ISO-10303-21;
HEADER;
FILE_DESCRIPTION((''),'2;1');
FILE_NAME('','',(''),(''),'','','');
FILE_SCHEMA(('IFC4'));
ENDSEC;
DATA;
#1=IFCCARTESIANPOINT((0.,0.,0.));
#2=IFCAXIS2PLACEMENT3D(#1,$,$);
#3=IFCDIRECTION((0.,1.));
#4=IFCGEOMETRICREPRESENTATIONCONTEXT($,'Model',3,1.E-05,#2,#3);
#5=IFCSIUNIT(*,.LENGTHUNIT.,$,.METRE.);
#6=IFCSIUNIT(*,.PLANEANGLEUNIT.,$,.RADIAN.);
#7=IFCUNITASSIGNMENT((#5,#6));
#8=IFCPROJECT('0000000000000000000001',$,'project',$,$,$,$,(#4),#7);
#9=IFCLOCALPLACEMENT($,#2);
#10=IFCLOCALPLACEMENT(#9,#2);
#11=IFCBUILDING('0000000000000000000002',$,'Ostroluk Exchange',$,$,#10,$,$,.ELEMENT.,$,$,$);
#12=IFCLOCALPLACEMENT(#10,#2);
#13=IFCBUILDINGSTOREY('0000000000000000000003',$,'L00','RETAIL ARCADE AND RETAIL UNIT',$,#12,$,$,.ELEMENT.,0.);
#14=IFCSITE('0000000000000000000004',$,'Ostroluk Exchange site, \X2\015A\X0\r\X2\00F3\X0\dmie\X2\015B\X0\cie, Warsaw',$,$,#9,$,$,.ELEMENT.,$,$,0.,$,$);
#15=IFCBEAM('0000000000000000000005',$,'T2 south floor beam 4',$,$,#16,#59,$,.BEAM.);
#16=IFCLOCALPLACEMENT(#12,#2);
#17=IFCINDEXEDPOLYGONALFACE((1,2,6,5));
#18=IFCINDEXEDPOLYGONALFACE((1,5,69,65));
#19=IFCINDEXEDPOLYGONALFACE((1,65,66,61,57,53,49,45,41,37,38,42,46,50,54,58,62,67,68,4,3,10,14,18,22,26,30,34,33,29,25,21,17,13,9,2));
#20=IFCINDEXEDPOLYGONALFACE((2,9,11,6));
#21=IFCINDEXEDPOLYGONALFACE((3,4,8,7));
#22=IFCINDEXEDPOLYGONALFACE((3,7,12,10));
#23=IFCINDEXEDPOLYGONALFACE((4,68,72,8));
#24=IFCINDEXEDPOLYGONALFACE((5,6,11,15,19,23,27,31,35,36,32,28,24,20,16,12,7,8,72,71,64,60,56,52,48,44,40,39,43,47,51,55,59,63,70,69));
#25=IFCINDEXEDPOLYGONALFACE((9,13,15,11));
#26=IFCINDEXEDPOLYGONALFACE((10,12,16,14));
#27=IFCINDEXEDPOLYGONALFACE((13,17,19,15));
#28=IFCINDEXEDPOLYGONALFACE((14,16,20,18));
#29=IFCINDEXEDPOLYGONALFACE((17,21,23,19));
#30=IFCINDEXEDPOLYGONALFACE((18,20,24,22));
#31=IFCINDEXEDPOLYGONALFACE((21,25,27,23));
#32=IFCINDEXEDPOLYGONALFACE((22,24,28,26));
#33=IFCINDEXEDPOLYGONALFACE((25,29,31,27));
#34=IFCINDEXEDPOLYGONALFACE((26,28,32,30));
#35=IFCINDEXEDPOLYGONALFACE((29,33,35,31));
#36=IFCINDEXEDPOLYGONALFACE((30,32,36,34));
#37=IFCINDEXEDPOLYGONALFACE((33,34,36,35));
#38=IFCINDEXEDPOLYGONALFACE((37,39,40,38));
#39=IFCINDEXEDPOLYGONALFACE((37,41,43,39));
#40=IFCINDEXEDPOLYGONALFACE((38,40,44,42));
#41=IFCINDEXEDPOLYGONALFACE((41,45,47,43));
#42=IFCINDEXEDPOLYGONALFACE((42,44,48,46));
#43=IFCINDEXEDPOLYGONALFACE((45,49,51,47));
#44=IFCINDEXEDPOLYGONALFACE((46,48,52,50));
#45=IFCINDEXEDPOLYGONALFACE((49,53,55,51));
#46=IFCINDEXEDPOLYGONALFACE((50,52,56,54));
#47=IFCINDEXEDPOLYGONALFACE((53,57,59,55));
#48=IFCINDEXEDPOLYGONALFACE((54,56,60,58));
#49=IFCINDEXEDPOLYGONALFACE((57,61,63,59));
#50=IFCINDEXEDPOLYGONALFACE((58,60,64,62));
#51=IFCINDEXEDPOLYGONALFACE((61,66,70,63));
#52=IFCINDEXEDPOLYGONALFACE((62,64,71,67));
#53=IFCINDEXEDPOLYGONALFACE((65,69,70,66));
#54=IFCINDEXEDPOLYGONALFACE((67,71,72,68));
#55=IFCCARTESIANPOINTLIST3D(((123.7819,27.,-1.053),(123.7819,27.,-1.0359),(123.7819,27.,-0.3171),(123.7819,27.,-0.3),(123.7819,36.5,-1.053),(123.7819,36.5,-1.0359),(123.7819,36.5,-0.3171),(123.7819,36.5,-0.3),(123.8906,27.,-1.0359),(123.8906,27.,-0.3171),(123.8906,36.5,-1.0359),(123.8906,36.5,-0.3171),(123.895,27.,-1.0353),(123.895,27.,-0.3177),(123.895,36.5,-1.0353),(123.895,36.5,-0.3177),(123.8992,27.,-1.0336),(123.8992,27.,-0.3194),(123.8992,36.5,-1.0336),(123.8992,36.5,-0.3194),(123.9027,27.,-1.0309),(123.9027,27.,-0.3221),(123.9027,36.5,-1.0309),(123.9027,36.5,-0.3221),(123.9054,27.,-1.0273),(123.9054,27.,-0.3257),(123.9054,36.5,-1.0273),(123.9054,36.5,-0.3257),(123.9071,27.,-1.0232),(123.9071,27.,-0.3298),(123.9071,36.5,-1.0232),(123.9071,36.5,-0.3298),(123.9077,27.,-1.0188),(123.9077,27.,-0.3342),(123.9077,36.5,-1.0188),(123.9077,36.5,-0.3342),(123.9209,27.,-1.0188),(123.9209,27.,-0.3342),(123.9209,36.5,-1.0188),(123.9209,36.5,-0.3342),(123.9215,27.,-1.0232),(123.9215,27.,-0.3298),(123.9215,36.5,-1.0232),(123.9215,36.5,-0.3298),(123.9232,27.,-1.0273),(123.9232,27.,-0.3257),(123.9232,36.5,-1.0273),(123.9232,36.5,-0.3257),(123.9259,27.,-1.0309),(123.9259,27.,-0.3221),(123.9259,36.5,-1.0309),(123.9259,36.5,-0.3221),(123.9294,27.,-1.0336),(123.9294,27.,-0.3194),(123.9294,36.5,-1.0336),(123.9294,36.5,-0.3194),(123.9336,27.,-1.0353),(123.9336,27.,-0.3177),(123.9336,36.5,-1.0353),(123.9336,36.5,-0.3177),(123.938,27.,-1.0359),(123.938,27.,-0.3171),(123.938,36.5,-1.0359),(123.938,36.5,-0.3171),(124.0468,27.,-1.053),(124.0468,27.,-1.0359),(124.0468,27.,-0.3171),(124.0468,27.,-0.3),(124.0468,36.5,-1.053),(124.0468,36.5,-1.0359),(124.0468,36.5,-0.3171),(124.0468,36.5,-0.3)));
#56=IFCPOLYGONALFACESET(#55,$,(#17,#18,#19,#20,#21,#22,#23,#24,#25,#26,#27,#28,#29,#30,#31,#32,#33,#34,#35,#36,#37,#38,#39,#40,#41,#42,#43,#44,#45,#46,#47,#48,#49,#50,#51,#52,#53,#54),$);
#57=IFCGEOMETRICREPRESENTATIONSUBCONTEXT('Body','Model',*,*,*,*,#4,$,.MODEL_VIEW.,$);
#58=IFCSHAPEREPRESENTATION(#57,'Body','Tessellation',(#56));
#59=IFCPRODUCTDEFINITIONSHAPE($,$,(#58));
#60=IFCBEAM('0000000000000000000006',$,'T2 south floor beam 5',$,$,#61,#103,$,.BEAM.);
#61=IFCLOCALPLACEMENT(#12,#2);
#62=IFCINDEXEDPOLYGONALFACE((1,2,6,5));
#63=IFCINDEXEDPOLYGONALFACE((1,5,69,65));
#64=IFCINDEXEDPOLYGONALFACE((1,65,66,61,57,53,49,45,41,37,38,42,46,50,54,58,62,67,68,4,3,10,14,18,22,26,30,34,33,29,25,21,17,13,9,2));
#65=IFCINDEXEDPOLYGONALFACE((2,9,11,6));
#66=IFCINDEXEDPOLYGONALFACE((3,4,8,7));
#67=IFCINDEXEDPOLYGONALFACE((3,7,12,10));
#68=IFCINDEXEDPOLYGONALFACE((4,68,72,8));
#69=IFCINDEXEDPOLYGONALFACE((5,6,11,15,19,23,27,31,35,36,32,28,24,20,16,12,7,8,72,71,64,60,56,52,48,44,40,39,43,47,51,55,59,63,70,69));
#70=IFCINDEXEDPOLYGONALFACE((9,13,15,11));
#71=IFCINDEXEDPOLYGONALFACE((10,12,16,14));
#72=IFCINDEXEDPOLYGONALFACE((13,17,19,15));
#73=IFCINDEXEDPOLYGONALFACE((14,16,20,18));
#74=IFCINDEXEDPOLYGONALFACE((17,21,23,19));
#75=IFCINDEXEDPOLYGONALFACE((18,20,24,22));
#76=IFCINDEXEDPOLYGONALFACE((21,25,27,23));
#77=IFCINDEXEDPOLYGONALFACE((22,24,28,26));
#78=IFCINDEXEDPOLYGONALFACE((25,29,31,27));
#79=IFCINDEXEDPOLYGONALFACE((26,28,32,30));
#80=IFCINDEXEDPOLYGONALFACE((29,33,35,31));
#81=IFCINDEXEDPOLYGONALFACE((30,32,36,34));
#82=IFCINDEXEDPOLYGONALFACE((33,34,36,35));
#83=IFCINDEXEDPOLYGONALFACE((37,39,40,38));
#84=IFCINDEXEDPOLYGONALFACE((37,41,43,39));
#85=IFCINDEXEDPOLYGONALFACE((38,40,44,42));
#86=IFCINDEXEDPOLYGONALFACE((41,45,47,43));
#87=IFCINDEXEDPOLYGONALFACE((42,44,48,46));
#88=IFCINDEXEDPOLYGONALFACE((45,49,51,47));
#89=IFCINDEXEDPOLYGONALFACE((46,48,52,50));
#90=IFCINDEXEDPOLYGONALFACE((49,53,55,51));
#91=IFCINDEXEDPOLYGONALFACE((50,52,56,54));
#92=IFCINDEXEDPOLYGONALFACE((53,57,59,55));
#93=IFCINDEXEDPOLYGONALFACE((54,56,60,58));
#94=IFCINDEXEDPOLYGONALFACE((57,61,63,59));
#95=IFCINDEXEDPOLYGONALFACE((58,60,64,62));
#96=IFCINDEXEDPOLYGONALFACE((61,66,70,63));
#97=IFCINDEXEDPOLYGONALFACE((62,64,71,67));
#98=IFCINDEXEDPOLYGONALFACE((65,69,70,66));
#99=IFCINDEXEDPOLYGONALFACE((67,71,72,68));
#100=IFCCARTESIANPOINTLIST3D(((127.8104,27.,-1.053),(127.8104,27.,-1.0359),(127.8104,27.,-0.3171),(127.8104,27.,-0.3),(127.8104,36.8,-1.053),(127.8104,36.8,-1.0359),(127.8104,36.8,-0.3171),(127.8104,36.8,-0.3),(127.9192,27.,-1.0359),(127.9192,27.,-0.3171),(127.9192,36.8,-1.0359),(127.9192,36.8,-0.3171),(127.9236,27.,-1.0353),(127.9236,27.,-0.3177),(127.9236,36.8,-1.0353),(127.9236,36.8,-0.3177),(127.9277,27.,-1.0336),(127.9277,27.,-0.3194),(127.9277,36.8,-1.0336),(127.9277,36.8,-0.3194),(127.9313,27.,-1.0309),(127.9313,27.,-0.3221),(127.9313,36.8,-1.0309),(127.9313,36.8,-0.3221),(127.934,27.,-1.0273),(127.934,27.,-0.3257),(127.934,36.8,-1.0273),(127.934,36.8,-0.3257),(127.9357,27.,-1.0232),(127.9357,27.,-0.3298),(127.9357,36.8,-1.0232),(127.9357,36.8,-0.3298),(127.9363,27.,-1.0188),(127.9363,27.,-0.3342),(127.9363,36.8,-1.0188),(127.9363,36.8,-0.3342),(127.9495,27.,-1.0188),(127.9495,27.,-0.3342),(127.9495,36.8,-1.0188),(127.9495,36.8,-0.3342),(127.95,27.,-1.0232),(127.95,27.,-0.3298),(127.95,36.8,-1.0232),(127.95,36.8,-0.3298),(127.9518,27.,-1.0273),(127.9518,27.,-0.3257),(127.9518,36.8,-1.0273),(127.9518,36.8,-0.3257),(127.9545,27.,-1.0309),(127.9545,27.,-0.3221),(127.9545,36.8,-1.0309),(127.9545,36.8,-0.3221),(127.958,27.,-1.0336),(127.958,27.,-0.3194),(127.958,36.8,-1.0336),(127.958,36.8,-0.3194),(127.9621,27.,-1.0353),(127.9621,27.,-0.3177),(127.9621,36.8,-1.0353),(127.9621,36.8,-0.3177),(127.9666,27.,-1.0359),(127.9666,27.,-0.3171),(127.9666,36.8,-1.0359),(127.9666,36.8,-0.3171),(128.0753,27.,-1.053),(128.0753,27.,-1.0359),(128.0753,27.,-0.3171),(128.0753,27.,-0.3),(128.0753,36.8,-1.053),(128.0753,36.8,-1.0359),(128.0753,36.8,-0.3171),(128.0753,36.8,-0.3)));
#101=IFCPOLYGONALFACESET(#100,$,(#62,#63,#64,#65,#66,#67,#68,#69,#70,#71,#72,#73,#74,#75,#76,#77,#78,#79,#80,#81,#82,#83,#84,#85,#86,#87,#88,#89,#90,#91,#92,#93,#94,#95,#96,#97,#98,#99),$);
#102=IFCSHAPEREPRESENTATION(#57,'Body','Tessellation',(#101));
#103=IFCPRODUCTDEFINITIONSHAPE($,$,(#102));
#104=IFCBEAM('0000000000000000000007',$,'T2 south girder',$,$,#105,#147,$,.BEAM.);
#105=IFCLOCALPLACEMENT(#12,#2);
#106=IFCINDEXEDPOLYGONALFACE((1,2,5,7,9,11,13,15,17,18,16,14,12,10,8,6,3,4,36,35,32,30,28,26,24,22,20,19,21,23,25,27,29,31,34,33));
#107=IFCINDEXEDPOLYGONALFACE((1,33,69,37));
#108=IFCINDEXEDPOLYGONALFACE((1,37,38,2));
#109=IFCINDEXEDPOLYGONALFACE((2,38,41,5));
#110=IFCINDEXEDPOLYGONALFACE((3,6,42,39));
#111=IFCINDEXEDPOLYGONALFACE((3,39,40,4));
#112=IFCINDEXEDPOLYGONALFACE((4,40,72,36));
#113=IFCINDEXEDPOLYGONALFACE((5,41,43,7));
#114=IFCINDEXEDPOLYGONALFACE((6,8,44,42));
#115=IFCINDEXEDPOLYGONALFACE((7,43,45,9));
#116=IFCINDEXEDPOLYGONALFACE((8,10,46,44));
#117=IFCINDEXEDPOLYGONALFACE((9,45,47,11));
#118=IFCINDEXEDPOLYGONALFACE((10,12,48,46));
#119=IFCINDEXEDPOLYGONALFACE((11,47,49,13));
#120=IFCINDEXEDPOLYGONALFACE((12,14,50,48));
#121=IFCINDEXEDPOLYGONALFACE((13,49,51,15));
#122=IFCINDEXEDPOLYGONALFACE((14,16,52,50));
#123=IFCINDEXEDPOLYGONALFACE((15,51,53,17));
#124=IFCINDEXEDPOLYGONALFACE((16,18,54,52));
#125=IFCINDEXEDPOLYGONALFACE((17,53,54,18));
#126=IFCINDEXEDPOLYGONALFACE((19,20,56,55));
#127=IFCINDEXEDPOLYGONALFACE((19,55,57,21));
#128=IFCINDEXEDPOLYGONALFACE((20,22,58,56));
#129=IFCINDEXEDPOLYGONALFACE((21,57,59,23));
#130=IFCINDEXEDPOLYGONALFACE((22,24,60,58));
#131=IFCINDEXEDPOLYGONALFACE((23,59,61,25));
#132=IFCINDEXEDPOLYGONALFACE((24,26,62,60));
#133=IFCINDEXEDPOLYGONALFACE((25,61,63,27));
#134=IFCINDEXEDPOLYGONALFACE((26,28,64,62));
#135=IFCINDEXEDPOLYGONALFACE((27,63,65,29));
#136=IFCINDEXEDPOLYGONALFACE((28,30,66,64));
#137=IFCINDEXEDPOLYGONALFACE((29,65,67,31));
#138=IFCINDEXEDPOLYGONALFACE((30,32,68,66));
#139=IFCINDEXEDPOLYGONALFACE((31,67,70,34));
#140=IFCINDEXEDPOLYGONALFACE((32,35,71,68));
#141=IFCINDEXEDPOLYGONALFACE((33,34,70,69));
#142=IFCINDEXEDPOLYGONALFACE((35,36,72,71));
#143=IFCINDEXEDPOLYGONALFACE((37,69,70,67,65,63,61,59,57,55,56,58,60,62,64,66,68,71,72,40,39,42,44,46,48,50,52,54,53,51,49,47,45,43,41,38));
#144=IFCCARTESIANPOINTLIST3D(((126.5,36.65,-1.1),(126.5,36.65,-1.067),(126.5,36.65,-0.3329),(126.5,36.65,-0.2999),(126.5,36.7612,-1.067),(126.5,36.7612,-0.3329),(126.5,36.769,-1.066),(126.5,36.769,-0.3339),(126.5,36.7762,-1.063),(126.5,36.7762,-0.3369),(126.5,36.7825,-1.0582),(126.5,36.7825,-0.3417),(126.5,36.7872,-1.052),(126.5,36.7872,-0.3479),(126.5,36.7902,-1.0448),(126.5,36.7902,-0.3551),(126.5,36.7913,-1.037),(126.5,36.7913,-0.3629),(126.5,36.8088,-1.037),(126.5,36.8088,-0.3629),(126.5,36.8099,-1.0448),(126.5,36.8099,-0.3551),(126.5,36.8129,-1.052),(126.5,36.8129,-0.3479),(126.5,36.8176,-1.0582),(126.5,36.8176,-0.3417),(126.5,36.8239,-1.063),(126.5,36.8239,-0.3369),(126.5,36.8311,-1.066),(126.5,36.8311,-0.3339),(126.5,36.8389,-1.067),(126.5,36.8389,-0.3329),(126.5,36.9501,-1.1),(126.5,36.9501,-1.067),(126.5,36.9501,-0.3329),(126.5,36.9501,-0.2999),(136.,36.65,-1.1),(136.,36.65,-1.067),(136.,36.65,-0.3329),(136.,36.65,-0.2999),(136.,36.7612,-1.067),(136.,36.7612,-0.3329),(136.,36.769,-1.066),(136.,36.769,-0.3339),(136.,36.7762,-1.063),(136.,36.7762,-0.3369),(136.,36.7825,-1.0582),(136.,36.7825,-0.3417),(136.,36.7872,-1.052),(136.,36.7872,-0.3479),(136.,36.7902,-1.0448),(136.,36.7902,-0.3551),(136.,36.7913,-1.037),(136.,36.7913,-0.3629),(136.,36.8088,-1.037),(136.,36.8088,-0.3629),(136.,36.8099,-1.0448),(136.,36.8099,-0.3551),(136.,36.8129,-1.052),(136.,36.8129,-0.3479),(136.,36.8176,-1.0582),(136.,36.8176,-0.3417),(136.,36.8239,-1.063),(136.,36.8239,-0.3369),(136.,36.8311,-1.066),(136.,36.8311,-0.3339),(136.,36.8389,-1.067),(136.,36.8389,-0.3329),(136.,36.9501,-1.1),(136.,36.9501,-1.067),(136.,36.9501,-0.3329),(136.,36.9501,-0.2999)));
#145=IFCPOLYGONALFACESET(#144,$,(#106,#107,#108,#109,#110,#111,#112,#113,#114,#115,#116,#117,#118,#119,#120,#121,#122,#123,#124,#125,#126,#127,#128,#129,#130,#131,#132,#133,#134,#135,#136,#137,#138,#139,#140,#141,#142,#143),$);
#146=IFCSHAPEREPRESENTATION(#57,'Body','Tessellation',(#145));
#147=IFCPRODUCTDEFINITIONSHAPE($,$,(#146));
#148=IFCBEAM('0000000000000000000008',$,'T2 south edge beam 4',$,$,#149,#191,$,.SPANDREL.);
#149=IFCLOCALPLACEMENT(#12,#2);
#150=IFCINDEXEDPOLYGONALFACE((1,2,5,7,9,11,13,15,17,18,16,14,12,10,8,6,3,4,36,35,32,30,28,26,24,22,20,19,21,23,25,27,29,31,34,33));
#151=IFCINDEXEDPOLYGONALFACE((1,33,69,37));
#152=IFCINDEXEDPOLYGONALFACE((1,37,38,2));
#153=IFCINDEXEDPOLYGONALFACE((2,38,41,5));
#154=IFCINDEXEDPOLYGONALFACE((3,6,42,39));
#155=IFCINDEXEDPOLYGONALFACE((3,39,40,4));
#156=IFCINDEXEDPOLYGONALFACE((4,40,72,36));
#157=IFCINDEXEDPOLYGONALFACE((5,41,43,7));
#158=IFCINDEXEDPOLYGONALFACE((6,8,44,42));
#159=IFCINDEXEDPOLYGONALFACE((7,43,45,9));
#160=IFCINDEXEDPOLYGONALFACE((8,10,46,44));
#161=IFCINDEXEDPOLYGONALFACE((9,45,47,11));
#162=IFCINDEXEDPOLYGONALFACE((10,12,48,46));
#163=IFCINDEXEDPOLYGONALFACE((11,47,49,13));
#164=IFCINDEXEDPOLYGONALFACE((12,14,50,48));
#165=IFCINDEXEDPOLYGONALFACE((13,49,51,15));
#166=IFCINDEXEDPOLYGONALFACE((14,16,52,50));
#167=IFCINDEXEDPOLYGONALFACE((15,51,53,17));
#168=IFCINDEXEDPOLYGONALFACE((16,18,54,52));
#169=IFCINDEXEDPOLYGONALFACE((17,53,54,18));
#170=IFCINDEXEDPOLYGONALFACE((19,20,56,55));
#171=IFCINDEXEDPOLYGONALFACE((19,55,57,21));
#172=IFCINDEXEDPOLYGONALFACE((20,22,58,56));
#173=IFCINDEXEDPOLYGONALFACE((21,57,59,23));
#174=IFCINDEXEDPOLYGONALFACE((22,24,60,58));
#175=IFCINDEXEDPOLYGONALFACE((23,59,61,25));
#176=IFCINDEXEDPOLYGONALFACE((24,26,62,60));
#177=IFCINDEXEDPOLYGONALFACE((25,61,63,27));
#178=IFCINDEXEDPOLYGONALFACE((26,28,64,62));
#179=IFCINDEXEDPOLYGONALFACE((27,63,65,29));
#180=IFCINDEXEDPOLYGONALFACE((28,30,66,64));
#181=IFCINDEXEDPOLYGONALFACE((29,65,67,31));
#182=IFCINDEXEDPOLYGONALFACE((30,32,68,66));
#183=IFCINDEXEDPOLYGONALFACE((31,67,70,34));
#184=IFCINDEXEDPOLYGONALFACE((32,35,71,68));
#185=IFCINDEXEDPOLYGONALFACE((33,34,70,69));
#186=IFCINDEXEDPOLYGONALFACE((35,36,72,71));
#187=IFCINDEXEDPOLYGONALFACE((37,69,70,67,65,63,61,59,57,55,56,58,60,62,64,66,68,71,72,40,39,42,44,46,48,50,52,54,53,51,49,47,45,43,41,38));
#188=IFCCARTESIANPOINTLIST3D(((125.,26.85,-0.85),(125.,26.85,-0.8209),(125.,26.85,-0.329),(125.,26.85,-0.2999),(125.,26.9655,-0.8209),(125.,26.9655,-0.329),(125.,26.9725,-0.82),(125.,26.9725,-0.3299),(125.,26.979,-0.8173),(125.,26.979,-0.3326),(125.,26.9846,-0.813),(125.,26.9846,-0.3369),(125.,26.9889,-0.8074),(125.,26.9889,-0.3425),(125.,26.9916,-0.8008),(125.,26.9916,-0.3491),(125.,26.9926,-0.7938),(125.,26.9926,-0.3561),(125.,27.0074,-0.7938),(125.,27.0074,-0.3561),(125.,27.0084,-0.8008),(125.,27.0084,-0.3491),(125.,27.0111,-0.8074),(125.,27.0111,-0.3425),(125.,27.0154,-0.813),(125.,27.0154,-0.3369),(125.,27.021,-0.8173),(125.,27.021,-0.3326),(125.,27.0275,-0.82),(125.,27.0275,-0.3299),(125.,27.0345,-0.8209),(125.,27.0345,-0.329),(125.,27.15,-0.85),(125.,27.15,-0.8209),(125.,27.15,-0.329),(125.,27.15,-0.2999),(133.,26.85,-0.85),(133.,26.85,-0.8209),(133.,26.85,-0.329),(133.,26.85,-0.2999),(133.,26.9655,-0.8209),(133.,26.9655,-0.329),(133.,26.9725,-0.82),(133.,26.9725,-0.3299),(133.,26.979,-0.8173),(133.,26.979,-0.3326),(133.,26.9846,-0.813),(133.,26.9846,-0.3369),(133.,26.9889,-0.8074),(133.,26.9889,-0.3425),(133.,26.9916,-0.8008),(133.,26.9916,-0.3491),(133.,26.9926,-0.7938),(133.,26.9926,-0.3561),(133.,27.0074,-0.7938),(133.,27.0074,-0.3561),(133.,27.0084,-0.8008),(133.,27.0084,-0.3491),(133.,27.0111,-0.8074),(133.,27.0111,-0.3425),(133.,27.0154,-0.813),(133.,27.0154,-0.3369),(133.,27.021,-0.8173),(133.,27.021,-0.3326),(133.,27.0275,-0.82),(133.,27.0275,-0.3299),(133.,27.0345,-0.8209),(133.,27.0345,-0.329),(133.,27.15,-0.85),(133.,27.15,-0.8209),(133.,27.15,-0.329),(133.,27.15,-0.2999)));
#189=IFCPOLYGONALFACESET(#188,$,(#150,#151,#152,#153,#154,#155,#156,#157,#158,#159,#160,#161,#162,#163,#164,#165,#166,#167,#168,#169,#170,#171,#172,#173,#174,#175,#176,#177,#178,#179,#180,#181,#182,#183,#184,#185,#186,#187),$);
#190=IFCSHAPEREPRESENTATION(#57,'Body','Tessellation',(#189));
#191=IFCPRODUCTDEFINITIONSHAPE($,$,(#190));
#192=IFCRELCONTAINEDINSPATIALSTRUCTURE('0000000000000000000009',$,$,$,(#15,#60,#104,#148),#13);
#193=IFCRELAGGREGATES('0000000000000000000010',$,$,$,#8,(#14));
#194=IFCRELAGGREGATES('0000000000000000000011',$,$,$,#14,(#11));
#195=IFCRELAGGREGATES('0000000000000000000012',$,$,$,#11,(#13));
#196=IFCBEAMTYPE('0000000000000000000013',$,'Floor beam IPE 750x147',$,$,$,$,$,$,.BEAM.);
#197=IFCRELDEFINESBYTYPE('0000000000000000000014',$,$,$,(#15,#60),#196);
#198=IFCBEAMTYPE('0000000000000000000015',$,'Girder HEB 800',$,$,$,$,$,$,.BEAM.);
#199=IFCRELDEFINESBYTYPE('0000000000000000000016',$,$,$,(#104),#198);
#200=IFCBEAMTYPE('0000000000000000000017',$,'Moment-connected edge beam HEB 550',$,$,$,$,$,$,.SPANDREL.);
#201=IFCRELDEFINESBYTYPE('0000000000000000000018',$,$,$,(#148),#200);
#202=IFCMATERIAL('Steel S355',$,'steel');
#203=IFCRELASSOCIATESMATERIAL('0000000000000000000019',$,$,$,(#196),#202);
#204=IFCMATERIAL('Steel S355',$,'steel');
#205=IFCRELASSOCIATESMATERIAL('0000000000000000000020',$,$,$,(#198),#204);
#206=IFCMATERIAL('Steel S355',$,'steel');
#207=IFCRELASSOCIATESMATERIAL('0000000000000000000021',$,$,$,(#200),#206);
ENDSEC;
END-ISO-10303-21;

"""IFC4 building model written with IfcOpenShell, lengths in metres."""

from ifc_helpers import new_model, si_unit, direction, frame, origin, origin_2d, place, context, subcontext, project, spatial, i_section, extrude, material, material_profile, profile_set, type_object, element, save


model = new_model("IFC4")

# Units and contexts
model_context = context("Model", 3, precision=1e-05, world=origin(), true_north=direction((0.0, 1.0)))
body_context = subcontext(model_context, "Body", "Model", "MODEL_VIEW")
ifc_project = project(units=[si_unit("LENGTHUNIT", "METRE"), si_unit("PLANEANGLEUNIT", "RADIAN")], contexts=[model_context])

# Site, building, storey
site_placement = place(None, origin())
site = spatial("IfcSite", under=ifc_project, at=site_placement, Name="Ostroluk Exchange site, Śródmieście, Warsaw", CompositionType="ELEMENT", RefElevation=0.0)
building_placement = place(site_placement, origin())
building = spatial("IfcBuilding", under=site, at=building_placement, Name="Ostroluk Exchange", CompositionType="ELEMENT")
storey_placement = place(building_placement, origin())
storey = spatial("IfcBuildingStorey", under=building, at=storey_placement, Name="L00", Description="RETAIL ARCADE AND RETAIL UNIT", CompositionType="ELEMENT", Elevation=0.0)

# Beams
ifc_material_1 = material(Name="Steel S355", Category="steel")
ifc_material_profile_1 = material_profile(ifc_material_1, i_section(OverallWidth=0.2649, OverallDepth=0.7529, WebThickness=0.0132, FlangeThickness=0.0171, FilletRadius=0.0171, at=origin_2d()), Name="IPE 750x147")
ifc_profile_set_1 = profile_set([ifc_material_profile_1], Name="Steel S355")
beam_type_1 = type_object("IfcBeamType", Name="Floor beam IPE 750x147", PredefinedType="BEAM", material=ifc_profile_set_1)
for number, where, z_axis, x_axis, name in (
    (1, (123.9143, 36.5, -0.6765), (0.0, -1.0, 0.0), (1.0, 0.0, 0.0), "T2 south floor beam 4"),
):
    element("IfcBeam", number, at=place(storey_placement, frame(where, z_axis=z_axis, x_axis=x_axis)), inside=storey, type_object=beam_type_1, Name=name, PredefinedType="BEAM", context=body_context, shape_type="SweptSolid", body=[
        extrude(i_section(OverallWidth=0.2649, OverallDepth=0.7529, WebThickness=0.0132, FlangeThickness=0.0171, FilletRadius=0.0171, at=origin_2d()), origin(), (0.0, 0.0, 1.0), 9.5),
    ])
beam_1_placement = place(storey_placement, frame((127.9429, 36.8, -0.6765), z_axis=(0.0, -1.0, 0.0), x_axis=(1.0, 0.0, 0.0)))
element("IfcBeam", 2, at=beam_1_placement, inside=storey, type_object=beam_type_1, Name="T2 south floor beam 5", PredefinedType="BEAM", context=body_context, shape_type="SweptSolid", body=[
    extrude(i_section(OverallWidth=0.2649, OverallDepth=0.7529, WebThickness=0.0132, FlangeThickness=0.0171, FilletRadius=0.0171, at=origin_2d()), origin(), (0.0, 0.0, 1.0), 9.8),
])
ifc_material_2 = material(Name="Steel S355", Category="steel")
ifc_material_profile_2 = material_profile(ifc_material_2, i_section(OverallWidth=0.3, OverallDepth=0.8, WebThickness=0.0176, FlangeThickness=0.033, FilletRadius=0.03, at=origin_2d()), Name="HEB 800")
ifc_profile_set_2 = profile_set([ifc_material_profile_2], Name="Steel S355")
beam_type_2 = type_object("IfcBeamType", Name="Girder HEB 800", PredefinedType="BEAM", material=ifc_profile_set_2)
beam_2_placement = place(storey_placement, frame((126.5, 36.8, -0.7), z_axis=(1.0, 0.0, 0.0), x_axis=(0.0, 1.0, 0.0)))
element("IfcBeam", 3, at=beam_2_placement, inside=storey, type_object=beam_type_2, Name="T2 south girder", PredefinedType="BEAM", context=body_context, shape_type="SweptSolid", body=[
    extrude(i_section(OverallWidth=0.3, OverallDepth=0.8, WebThickness=0.0176, FlangeThickness=0.033, FilletRadius=0.03, at=origin_2d()), origin(), (0.0, 0.0, 1.0), 9.5),
])
ifc_material_3 = material(Name="Steel S355", Category="steel")
ifc_material_profile_3 = material_profile(ifc_material_3, i_section(OverallWidth=0.3, OverallDepth=0.55, WebThickness=0.0149, FlangeThickness=0.0291, FilletRadius=0.0271, at=origin_2d()), Name="HEB 550")
ifc_profile_set_3 = profile_set([ifc_material_profile_3], Name="Steel S355")
beam_type_3 = type_object("IfcBeamType", Name="Moment-connected edge beam HEB 550", PredefinedType="SPANDREL", material=ifc_profile_set_3)
beam_3_placement = place(storey_placement, frame((125.0, 27.0, -0.575), z_axis=(1.0, 0.0, 0.0), x_axis=(0.0, 1.0, 0.0)))
element("IfcBeam", 4, at=beam_3_placement, inside=storey, type_object=beam_type_3, Name="T2 south edge beam 4", PredefinedType="SPANDREL", context=body_context, shape_type="SweptSolid", body=[
    extrude(i_section(OverallWidth=0.3, OverallDepth=0.55, WebThickness=0.0149, FlangeThickness=0.0291, FilletRadius=0.0271, at=origin_2d()), origin(), (0.0, 0.0, 1.0), 8.0),
])

save(model, "model.ifc")
